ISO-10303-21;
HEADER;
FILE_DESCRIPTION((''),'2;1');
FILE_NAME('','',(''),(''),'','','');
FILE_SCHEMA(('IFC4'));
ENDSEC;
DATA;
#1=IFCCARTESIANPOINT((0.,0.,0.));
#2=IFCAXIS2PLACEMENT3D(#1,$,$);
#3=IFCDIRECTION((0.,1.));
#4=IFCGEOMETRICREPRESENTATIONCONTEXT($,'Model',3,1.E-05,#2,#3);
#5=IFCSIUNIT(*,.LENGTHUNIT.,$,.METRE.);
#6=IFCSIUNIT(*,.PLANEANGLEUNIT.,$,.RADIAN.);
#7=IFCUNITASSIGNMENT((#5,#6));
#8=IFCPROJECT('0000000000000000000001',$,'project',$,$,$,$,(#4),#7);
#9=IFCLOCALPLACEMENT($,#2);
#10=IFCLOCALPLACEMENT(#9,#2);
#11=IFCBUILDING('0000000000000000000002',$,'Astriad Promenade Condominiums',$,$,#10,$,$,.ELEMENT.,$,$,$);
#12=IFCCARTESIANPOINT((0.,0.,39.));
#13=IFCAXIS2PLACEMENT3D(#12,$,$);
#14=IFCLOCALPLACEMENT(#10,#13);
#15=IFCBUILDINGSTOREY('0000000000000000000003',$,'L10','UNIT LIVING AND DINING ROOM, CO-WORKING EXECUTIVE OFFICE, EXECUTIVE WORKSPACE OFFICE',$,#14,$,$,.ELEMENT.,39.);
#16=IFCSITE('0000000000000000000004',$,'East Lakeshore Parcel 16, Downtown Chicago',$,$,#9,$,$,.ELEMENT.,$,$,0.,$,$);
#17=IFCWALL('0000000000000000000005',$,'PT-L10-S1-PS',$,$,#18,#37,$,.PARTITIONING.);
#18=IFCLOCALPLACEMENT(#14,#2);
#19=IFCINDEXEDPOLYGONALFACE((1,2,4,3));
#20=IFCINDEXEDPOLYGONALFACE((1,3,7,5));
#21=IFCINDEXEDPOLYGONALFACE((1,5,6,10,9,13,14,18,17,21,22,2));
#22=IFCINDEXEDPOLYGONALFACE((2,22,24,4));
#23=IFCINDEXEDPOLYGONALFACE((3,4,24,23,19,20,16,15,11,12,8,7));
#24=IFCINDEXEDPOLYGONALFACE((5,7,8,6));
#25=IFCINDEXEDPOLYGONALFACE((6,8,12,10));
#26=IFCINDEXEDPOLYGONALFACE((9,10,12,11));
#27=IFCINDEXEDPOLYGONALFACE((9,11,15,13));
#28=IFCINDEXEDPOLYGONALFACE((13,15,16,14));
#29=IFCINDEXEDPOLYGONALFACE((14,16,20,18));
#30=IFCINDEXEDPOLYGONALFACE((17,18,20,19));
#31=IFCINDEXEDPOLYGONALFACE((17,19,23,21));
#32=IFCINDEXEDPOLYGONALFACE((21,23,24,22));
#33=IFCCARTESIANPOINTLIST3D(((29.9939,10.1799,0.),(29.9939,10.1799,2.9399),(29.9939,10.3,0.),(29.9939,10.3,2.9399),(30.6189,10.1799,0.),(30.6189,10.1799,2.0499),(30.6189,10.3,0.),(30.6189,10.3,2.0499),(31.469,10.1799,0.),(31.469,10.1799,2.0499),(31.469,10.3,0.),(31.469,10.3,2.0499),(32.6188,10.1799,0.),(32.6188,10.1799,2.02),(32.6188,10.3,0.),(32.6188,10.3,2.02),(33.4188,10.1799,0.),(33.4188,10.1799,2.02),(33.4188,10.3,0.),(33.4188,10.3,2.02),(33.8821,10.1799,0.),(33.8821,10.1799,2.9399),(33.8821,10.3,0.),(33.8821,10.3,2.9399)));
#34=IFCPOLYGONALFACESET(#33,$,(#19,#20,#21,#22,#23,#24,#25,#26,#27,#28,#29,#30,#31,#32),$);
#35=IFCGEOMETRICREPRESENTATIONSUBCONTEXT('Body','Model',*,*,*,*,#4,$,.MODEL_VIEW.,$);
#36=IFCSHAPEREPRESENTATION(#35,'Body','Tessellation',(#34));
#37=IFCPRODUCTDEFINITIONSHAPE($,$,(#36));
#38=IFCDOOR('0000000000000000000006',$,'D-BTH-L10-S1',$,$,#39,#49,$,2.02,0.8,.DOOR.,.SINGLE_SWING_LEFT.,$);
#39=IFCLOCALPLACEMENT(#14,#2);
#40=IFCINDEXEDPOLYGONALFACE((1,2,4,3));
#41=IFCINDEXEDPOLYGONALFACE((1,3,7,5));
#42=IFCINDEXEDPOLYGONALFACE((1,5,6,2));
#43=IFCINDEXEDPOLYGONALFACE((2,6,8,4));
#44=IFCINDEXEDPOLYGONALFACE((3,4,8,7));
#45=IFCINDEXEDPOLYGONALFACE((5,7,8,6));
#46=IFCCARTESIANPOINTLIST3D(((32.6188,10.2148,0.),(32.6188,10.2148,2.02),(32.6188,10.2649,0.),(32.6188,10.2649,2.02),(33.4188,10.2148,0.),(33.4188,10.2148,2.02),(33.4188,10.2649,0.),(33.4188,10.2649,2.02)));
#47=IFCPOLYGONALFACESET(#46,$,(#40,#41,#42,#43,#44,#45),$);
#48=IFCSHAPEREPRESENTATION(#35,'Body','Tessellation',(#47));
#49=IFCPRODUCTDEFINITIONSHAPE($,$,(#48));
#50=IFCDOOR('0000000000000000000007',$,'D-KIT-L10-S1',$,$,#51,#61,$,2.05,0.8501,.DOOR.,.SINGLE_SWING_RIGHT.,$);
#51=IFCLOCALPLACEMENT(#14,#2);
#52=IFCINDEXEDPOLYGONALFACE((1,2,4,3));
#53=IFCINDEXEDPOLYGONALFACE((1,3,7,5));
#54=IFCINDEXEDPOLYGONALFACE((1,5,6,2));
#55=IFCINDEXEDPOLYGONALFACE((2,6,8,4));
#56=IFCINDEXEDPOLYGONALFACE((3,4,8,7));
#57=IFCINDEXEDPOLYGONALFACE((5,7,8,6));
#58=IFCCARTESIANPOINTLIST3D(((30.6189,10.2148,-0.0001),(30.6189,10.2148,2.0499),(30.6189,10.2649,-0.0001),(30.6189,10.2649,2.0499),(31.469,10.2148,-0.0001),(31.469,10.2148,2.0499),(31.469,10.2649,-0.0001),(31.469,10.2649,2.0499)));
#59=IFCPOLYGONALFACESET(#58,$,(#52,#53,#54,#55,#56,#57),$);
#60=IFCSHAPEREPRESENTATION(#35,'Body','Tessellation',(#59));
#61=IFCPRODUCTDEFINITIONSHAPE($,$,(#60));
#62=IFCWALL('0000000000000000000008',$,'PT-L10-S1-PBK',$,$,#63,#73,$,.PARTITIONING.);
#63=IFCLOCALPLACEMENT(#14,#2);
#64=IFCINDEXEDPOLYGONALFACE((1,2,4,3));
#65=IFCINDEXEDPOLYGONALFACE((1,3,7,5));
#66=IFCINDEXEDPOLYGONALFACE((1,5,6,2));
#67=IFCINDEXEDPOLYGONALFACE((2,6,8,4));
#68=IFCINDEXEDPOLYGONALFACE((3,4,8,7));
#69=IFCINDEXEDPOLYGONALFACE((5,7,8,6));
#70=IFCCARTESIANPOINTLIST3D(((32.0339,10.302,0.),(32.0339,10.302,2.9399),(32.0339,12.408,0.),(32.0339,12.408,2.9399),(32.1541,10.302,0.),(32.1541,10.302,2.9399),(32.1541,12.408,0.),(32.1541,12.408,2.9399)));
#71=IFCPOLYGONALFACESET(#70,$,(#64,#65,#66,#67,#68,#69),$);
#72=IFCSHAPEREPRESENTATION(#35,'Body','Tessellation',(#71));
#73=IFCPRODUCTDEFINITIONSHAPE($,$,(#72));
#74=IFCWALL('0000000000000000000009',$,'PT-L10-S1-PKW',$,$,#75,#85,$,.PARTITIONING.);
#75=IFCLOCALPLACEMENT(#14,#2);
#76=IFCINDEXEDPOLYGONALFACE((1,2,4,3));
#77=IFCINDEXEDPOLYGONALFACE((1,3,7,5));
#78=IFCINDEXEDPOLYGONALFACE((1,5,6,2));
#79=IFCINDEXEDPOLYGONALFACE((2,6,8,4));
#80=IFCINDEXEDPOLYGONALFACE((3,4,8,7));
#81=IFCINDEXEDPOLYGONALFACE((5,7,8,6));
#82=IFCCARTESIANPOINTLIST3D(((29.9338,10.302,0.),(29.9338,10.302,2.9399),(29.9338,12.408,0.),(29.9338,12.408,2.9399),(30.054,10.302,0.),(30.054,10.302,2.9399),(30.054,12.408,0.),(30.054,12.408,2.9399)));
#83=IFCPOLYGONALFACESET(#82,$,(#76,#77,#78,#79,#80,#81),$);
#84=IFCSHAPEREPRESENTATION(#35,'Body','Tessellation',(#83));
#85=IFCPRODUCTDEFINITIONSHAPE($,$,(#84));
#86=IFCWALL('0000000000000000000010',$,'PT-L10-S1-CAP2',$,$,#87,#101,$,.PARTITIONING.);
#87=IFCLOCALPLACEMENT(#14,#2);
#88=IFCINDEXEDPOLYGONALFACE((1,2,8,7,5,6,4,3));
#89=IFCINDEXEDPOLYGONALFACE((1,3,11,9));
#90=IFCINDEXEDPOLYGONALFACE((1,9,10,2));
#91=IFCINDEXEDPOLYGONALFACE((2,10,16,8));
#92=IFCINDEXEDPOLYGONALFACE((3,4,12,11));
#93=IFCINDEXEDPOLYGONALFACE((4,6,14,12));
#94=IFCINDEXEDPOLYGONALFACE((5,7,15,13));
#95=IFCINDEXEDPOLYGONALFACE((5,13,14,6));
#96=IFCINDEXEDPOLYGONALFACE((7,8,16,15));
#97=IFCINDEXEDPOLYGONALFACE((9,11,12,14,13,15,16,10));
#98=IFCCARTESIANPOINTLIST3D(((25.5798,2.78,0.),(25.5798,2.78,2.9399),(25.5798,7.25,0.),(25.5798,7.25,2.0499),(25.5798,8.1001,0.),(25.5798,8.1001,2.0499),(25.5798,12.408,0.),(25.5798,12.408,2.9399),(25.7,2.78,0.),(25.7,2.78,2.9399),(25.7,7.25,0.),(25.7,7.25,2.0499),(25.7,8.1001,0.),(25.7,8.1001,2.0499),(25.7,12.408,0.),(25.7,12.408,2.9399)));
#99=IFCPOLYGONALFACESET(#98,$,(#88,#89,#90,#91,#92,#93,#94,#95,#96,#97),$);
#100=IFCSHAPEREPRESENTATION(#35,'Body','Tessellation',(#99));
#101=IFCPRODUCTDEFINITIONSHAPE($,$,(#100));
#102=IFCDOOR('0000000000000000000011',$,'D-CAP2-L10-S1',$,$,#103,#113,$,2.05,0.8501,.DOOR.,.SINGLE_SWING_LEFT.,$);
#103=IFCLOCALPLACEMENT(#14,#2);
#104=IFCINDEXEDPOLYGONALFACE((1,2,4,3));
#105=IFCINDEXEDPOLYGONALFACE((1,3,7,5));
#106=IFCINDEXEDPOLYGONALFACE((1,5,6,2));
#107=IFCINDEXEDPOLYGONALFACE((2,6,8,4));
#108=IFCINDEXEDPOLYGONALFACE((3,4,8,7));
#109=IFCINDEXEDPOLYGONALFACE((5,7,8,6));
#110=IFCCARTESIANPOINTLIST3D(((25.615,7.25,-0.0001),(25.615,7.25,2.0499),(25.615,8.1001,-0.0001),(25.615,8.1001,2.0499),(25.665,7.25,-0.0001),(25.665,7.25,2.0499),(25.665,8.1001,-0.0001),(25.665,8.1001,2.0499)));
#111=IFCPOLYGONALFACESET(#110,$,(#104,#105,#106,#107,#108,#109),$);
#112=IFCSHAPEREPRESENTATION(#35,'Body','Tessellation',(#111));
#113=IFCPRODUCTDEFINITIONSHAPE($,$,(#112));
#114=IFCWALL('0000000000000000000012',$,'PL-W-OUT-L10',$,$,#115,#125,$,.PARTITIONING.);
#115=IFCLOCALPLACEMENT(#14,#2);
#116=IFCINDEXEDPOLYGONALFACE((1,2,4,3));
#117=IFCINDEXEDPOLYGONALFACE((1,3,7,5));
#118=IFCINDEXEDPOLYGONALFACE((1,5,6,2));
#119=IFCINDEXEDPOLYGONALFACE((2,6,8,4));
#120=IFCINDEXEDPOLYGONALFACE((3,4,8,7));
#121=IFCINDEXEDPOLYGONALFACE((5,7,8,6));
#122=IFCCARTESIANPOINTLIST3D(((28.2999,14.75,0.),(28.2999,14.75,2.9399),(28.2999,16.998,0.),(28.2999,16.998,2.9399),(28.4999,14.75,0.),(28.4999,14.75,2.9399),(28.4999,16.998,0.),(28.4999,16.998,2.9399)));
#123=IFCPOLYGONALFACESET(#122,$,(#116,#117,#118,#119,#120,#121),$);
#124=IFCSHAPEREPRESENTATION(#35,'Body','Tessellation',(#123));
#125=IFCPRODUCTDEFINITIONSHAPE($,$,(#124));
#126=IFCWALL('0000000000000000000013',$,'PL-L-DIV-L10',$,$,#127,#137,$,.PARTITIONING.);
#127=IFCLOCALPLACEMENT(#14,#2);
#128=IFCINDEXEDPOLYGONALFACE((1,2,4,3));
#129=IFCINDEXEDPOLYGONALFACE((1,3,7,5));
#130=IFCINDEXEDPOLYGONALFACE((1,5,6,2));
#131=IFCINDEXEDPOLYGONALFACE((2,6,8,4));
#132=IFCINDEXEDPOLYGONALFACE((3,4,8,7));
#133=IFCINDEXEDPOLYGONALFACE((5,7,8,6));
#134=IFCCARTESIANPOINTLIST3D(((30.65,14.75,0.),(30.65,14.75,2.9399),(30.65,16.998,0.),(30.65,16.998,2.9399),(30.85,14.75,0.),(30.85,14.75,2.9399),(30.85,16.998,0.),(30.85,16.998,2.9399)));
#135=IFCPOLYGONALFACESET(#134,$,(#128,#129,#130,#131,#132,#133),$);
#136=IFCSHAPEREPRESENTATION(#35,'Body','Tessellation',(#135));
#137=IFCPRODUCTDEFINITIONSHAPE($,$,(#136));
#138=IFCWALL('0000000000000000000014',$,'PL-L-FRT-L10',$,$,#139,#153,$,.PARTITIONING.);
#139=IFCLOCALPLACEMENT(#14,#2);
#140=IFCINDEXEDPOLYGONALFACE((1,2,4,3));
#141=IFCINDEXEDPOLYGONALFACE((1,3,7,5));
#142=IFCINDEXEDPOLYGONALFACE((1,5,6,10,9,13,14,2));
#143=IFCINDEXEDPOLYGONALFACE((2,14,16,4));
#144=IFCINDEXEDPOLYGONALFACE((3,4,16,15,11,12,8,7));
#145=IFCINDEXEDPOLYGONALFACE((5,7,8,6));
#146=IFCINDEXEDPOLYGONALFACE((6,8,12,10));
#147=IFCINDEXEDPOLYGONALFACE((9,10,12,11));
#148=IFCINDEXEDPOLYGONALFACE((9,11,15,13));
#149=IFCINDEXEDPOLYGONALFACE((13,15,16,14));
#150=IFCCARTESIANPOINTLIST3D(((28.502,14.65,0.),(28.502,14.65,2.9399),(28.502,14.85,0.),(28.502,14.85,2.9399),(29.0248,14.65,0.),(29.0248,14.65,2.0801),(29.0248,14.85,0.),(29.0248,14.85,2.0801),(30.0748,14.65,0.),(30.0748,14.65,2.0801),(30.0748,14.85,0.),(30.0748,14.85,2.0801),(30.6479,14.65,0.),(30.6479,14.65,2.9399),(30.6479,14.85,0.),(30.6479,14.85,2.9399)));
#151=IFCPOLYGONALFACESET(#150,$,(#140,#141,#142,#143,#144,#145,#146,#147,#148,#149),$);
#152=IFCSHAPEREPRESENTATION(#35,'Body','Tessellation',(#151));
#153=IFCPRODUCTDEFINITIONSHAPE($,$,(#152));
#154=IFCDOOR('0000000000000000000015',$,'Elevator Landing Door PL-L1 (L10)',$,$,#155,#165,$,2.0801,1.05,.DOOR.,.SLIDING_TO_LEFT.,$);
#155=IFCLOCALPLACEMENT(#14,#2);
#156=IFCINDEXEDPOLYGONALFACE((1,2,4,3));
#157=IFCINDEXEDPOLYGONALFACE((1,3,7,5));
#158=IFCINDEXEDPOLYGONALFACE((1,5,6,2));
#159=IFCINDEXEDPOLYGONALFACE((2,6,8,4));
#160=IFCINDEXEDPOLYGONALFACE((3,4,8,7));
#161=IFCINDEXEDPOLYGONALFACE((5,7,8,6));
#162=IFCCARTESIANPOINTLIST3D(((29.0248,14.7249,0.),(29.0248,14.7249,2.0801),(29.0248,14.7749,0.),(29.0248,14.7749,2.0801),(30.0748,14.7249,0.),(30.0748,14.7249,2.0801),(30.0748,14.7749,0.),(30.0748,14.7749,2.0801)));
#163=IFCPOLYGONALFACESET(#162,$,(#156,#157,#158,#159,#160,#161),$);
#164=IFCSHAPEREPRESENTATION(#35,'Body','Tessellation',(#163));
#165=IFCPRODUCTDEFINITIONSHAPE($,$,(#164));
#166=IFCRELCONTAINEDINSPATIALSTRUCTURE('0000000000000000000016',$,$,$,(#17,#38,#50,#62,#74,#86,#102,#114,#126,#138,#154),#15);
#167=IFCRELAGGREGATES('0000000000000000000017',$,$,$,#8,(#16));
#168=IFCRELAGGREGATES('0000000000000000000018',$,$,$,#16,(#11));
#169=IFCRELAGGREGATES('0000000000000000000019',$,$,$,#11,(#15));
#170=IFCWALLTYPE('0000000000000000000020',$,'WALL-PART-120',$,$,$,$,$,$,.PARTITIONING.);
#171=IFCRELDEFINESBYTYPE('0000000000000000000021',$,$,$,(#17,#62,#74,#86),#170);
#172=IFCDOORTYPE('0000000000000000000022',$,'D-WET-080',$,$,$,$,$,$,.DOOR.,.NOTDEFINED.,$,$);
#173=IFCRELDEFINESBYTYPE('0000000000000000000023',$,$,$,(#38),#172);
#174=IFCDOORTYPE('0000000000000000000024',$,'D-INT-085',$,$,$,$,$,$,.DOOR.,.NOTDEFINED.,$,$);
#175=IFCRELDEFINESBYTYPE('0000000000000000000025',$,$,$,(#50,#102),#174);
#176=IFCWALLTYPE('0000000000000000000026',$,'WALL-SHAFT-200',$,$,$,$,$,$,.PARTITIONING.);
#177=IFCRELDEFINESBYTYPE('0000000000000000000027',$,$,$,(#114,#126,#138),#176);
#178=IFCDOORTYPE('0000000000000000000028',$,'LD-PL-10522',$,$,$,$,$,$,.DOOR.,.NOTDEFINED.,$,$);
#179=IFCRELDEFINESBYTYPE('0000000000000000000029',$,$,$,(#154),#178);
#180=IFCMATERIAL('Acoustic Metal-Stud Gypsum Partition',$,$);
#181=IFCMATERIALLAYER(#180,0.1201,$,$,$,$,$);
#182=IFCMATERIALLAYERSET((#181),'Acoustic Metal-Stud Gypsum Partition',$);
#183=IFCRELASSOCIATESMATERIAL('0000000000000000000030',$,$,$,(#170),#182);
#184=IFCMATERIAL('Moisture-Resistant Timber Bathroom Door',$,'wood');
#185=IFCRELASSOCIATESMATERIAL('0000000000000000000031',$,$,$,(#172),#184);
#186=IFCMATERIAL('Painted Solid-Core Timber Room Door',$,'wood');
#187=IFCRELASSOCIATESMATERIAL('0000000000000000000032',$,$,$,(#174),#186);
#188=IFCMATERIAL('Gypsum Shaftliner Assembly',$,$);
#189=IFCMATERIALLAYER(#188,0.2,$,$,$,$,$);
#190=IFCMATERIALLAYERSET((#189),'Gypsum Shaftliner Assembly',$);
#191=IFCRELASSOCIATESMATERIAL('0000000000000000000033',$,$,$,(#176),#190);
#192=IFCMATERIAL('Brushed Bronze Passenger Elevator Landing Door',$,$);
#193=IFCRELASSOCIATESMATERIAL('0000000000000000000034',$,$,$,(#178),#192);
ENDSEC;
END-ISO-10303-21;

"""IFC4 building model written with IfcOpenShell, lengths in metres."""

from ifc_helpers import new_model, si_unit, direction, frame, frame_2d, origin, place, context, subcontext, project, spatial, rectangle, extrude, source, transform, mapped, material, layer, layer_set, type_object, type_shapes, element, fill, save


model = new_model("IFC4")

# Units and contexts
model_context = context("Model", 3, precision=1e-05, world=origin(), true_north=direction((0.0, 1.0)))
body_context = subcontext(model_context, "Body", "Model", "MODEL_VIEW")
ifc_project = project(units=[si_unit("LENGTHUNIT", "METRE"), si_unit("PLANEANGLEUNIT", "RADIAN")], contexts=[model_context])

# Site, building, storey
site_placement = place(None, origin())
site = spatial("IfcSite", under=ifc_project, at=site_placement, Name="East Lakeshore Parcel 16, Downtown Chicago", CompositionType="ELEMENT", RefElevation=0.0)
building_placement = place(site_placement, origin())
building = spatial("IfcBuilding", under=site, at=building_placement, Name="Astriad Promenade Condominiums", CompositionType="ELEMENT")
storey_placement = place(building_placement, frame((0.0, 0.0, 39.0)))
storey = spatial("IfcBuildingStorey", under=building, at=storey_placement, Name="L10", Description="UNIT LIVING AND DINING ROOM, CO-WORKING EXECUTIVE OFFICE, EXECUTIVE WORKSPACE OFFICE", CompositionType="ELEMENT", Elevation=39.0)

# Wall, openings, doors
ifc_material_1 = material(Name="Acoustic Metal-Stud Gypsum Partition")
ifc_layer_1 = layer(ifc_material_1, 0.1201)
ifc_layer_set_1 = layer_set([ifc_layer_1], Name="Acoustic Metal-Stud Gypsum Partition")
wall_type_1 = type_object("IfcWallType", Name="WALL-PART-120", PredefinedType="PARTITIONING", material=ifc_layer_set_1)
wall_1_placement = place(storey_placement, frame((29.9939, 10.24, 0.0), z_axis=(0.0, 0.0, 1.0), x_axis=(1.0, 0.0, 0.0)))
wall_1 = element("IfcWall", 1, at=wall_1_placement, inside=storey, type_object=wall_type_1, Name="PT-L10-S1-PS", PredefinedType="PARTITIONING", context=body_context, shape_type="SweptSolid", body=[
    extrude(rectangle(XDim=3.8882, YDim=0.1201, at=frame_2d((1.9441, 0.0))), origin(), (0.0, 0.0, 1.0), 2.9399),
])
opening_1_placement = place(wall_1_placement, frame((0.625, 0.0, 0.0)))
opening_1 = element("IfcOpeningElement", 2, at=opening_1_placement, cuts=wall_1, PredefinedType="OPENING", context=body_context, shape_type="SweptSolid", body=[
    extrude(rectangle(XDim=0.8501, YDim=2.05, at=frame_2d((0.425, 1.0249))), frame((0.0, 0.0701, 0.0), z_axis=(0.0, -1.0, 0.0), x_axis=(1.0, 0.0, 0.0)), (0.0, 0.0, 1.0), 0.1401),
])
opening_2_placement = place(wall_1_placement, frame((2.625, 0.0, 0.0)))
opening_2 = element("IfcOpeningElement", 3, at=opening_2_placement, cuts=wall_1, PredefinedType="OPENING", context=body_context, shape_type="SweptSolid", body=[
    extrude(rectangle(XDim=0.8, YDim=2.02, at=frame_2d((0.3999, 1.01))), frame((0.0, 0.0701, 0.0), z_axis=(0.0, -1.0, 0.0), x_axis=(1.0, 0.0, 0.0)), (0.0, 0.0, 1.0), 0.1401),
])
ifc_material_2 = material(Name="Moisture-Resistant Timber Bathroom Door", Category="wood")
door_type_1 = type_object("IfcDoorType", Name="D-WET-080", OperationType="NOTDEFINED", PredefinedType="DOOR", material=ifc_material_2)
shared_shape_1 = source(origin(), body_context, "Body", "SweptSolid", [
    extrude(rectangle(XDim=0.8, YDim=2.02, at=frame_2d((0.3999, 1.01))), frame((0.0, 0.0249, 0.0), z_axis=(0.0, -1.0, 0.0), x_axis=(1.0, 0.0, 0.0)), (0.0, 0.0, 1.0), 0.05),
])
type_shapes(door_type_1, [shared_shape_1])
door_1_placement = place(opening_2_placement, origin())
door_1 = element("IfcDoor", 4, at=door_1_placement, inside=storey, type_object=door_type_1, Name="D-BTH-L10-S1", OperationType="SINGLE_SWING_LEFT", OverallHeight=2.02, OverallWidth=0.8, PredefinedType="DOOR", context=body_context, shape_type="MappedRepresentation", body=[
    mapped(shared_shape_1, transform((0.0, 0.0, 0.0), scale=1.0)),
])
fill(opening_2, door_1)
ifc_material_3 = material(Name="Painted Solid-Core Timber Room Door", Category="wood")
door_type_2 = type_object("IfcDoorType", Name="D-INT-085", OperationType="NOTDEFINED", PredefinedType="DOOR", material=ifc_material_3)
shared_shape_2 = source(origin(), body_context, "Body", "SweptSolid", [
    extrude(rectangle(XDim=0.8501, YDim=2.05, at=frame_2d((0.425, 1.0249))), frame((0.0, 0.0249, 0.0), z_axis=(0.0, -1.0, 0.0), x_axis=(1.0, 0.0, 0.0)), (0.0, 0.0, 1.0), 0.05),
])
type_shapes(door_type_2, [shared_shape_2])
door_2_placement = place(opening_1_placement, origin())
door_2 = element("IfcDoor", 5, at=door_2_placement, inside=storey, type_object=door_type_2, Name="D-KIT-L10-S1", OperationType="SINGLE_SWING_RIGHT", OverallHeight=2.05, OverallWidth=0.8501, PredefinedType="DOOR", context=body_context, shape_type="MappedRepresentation", body=[
    mapped(shared_shape_2, transform((0.0, 0.0, 0.0), scale=1.0)),
])
fill(opening_1, door_2)

# Walls
for number, where, z_axis, x_axis, name in (
    (6, (32.094, 10.302, 0.0), (0.0, 0.0, 1.0), (0.0, 1.0, 0.0), "PT-L10-S1-PBK"),
    (7, (29.9939, 10.302, 0.0), (0.0, 0.0, 1.0), (0.0, 1.0, 0.0), "PT-L10-S1-PKW"),
):
    element("IfcWall", number, at=place(storey_placement, frame(where, z_axis=z_axis, x_axis=x_axis)), inside=storey, type_object=wall_type_1, Name=name, PredefinedType="PARTITIONING", context=body_context, shape_type="SweptSolid", body=[
        extrude(rectangle(XDim=2.106, YDim=0.1201, at=frame_2d((1.053, 0.0))), origin(), (0.0, 0.0, 1.0), 2.9399),
    ])

# Wall, opening, door
wall_2_placement = place(storey_placement, frame((25.6399, 2.78, 0.0), z_axis=(0.0, 0.0, 1.0), x_axis=(0.0, 1.0, 0.0)))
wall_2 = element("IfcWall", 8, at=wall_2_placement, inside=storey, type_object=wall_type_1, Name="PT-L10-S1-CAP2", PredefinedType="PARTITIONING", context=body_context, shape_type="SweptSolid", body=[
    extrude(rectangle(XDim=9.6279, YDim=0.1201, at=frame_2d((4.814, 0.0))), origin(), (0.0, 0.0, 1.0), 2.9399),
])
opening_3_placement = place(wall_2_placement, frame((4.47, 0.0, 0.0)))
opening_3 = element("IfcOpeningElement", 9, at=opening_3_placement, cuts=wall_2, PredefinedType="OPENING", context=body_context, shape_type="SweptSolid", body=[
    extrude(rectangle(XDim=0.8501, YDim=2.05, at=frame_2d((0.425, 1.0249))), frame((0.0, 0.0701, 0.0), z_axis=(0.0, -1.0, 0.0), x_axis=(1.0, 0.0, 0.0)), (0.0, 0.0, 1.0), 0.1401),
])
door_3_placement = place(opening_3_placement, origin())
door_3 = element("IfcDoor", 10, at=door_3_placement, inside=storey, type_object=door_type_2, Name="D-CAP2-L10-S1", OperationType="SINGLE_SWING_LEFT", OverallHeight=2.05, OverallWidth=0.8501, PredefinedType="DOOR", context=body_context, shape_type="MappedRepresentation", body=[
    mapped(shared_shape_2, transform((0.0, 0.0, 0.0), scale=1.0)),
])
fill(opening_3, door_3)

# Walls
ifc_material_4 = material(Name="Gypsum Shaftliner Assembly")
ifc_layer_2 = layer(ifc_material_4, 0.2)
ifc_layer_set_2 = layer_set([ifc_layer_2], Name="Gypsum Shaftliner Assembly")
wall_type_2 = type_object("IfcWallType", Name="WALL-SHAFT-200", PredefinedType="PARTITIONING", material=ifc_layer_set_2)
for number, where, z_axis, x_axis, name in (
    (11, (28.3999, 14.75, 0.0), (0.0, 0.0, 1.0), (0.0, 1.0, 0.0), "PL-W-OUT-L10"),
    (12, (30.75, 14.75, 0.0), (0.0, 0.0, 1.0), (0.0, 1.0, 0.0), "PL-L-DIV-L10"),
):
    element("IfcWall", number, at=place(storey_placement, frame(where, z_axis=z_axis, x_axis=x_axis)), inside=storey, type_object=wall_type_2, Name=name, PredefinedType="PARTITIONING", context=body_context, shape_type="SweptSolid", body=[
        extrude(rectangle(XDim=2.248, YDim=0.2, at=frame_2d((1.124, 0.0))), origin(), (0.0, 0.0, 1.0), 2.9399),
    ])

# Wall, opening, door
wall_3_placement = place(storey_placement, frame((28.502, 14.75, 0.0), z_axis=(0.0, 0.0, 1.0), x_axis=(1.0, 0.0, 0.0)))
wall_3 = element("IfcWall", 13, at=wall_3_placement, inside=storey, type_object=wall_type_2, Name="PL-L-FRT-L10", PredefinedType="PARTITIONING", context=body_context, shape_type="SweptSolid", body=[
    extrude(rectangle(XDim=2.146, YDim=0.2, at=frame_2d((1.073, 0.0))), origin(), (0.0, 0.0, 1.0), 2.9399),
])
opening_4_placement = place(wall_3_placement, frame((0.5229, 0.0, 0.0)))
opening_4 = element("IfcOpeningElement", 14, at=opening_4_placement, cuts=wall_3, PredefinedType="OPENING", context=body_context, shape_type="SweptSolid", body=[
    extrude(rectangle(XDim=1.05, YDim=2.0801, at=frame_2d((0.5249, 1.04))), frame((0.0, 0.1099, 0.0), z_axis=(0.0, -1.0, 0.0), x_axis=(1.0, 0.0, 0.0)), (0.0, 0.0, 1.0), 0.22),
])
ifc_material_5 = material(Name="Brushed Bronze Passenger Elevator Landing Door")
door_type_3 = type_object("IfcDoorType", Name="LD-PL-10522", OperationType="NOTDEFINED", PredefinedType="DOOR", material=ifc_material_5)
shared_shape_3 = source(origin(), body_context, "Body", "SweptSolid", [
    extrude(rectangle(XDim=1.05, YDim=2.0801, at=frame_2d((0.5249, 1.04))), frame((0.0, 0.0249, 0.0), z_axis=(0.0, -1.0, 0.0), x_axis=(1.0, 0.0, 0.0)), (0.0, 0.0, 1.0), 0.05),
])
type_shapes(door_type_3, [shared_shape_3])
door_4_placement = place(opening_4_placement, origin())
door_4 = element("IfcDoor", 15, at=door_4_placement, inside=storey, type_object=door_type_3, Name="Elevator Landing Door PL-L1 (L10)", OperationType="SLIDING_TO_LEFT", OverallHeight=2.0801, OverallWidth=1.05, PredefinedType="DOOR", context=body_context, shape_type="MappedRepresentation", body=[
    mapped(shared_shape_3, transform((0.0, 0.0, 0.0), scale=1.0)),
])
fill(opening_4, door_4)

save(model, "model.ifc")
